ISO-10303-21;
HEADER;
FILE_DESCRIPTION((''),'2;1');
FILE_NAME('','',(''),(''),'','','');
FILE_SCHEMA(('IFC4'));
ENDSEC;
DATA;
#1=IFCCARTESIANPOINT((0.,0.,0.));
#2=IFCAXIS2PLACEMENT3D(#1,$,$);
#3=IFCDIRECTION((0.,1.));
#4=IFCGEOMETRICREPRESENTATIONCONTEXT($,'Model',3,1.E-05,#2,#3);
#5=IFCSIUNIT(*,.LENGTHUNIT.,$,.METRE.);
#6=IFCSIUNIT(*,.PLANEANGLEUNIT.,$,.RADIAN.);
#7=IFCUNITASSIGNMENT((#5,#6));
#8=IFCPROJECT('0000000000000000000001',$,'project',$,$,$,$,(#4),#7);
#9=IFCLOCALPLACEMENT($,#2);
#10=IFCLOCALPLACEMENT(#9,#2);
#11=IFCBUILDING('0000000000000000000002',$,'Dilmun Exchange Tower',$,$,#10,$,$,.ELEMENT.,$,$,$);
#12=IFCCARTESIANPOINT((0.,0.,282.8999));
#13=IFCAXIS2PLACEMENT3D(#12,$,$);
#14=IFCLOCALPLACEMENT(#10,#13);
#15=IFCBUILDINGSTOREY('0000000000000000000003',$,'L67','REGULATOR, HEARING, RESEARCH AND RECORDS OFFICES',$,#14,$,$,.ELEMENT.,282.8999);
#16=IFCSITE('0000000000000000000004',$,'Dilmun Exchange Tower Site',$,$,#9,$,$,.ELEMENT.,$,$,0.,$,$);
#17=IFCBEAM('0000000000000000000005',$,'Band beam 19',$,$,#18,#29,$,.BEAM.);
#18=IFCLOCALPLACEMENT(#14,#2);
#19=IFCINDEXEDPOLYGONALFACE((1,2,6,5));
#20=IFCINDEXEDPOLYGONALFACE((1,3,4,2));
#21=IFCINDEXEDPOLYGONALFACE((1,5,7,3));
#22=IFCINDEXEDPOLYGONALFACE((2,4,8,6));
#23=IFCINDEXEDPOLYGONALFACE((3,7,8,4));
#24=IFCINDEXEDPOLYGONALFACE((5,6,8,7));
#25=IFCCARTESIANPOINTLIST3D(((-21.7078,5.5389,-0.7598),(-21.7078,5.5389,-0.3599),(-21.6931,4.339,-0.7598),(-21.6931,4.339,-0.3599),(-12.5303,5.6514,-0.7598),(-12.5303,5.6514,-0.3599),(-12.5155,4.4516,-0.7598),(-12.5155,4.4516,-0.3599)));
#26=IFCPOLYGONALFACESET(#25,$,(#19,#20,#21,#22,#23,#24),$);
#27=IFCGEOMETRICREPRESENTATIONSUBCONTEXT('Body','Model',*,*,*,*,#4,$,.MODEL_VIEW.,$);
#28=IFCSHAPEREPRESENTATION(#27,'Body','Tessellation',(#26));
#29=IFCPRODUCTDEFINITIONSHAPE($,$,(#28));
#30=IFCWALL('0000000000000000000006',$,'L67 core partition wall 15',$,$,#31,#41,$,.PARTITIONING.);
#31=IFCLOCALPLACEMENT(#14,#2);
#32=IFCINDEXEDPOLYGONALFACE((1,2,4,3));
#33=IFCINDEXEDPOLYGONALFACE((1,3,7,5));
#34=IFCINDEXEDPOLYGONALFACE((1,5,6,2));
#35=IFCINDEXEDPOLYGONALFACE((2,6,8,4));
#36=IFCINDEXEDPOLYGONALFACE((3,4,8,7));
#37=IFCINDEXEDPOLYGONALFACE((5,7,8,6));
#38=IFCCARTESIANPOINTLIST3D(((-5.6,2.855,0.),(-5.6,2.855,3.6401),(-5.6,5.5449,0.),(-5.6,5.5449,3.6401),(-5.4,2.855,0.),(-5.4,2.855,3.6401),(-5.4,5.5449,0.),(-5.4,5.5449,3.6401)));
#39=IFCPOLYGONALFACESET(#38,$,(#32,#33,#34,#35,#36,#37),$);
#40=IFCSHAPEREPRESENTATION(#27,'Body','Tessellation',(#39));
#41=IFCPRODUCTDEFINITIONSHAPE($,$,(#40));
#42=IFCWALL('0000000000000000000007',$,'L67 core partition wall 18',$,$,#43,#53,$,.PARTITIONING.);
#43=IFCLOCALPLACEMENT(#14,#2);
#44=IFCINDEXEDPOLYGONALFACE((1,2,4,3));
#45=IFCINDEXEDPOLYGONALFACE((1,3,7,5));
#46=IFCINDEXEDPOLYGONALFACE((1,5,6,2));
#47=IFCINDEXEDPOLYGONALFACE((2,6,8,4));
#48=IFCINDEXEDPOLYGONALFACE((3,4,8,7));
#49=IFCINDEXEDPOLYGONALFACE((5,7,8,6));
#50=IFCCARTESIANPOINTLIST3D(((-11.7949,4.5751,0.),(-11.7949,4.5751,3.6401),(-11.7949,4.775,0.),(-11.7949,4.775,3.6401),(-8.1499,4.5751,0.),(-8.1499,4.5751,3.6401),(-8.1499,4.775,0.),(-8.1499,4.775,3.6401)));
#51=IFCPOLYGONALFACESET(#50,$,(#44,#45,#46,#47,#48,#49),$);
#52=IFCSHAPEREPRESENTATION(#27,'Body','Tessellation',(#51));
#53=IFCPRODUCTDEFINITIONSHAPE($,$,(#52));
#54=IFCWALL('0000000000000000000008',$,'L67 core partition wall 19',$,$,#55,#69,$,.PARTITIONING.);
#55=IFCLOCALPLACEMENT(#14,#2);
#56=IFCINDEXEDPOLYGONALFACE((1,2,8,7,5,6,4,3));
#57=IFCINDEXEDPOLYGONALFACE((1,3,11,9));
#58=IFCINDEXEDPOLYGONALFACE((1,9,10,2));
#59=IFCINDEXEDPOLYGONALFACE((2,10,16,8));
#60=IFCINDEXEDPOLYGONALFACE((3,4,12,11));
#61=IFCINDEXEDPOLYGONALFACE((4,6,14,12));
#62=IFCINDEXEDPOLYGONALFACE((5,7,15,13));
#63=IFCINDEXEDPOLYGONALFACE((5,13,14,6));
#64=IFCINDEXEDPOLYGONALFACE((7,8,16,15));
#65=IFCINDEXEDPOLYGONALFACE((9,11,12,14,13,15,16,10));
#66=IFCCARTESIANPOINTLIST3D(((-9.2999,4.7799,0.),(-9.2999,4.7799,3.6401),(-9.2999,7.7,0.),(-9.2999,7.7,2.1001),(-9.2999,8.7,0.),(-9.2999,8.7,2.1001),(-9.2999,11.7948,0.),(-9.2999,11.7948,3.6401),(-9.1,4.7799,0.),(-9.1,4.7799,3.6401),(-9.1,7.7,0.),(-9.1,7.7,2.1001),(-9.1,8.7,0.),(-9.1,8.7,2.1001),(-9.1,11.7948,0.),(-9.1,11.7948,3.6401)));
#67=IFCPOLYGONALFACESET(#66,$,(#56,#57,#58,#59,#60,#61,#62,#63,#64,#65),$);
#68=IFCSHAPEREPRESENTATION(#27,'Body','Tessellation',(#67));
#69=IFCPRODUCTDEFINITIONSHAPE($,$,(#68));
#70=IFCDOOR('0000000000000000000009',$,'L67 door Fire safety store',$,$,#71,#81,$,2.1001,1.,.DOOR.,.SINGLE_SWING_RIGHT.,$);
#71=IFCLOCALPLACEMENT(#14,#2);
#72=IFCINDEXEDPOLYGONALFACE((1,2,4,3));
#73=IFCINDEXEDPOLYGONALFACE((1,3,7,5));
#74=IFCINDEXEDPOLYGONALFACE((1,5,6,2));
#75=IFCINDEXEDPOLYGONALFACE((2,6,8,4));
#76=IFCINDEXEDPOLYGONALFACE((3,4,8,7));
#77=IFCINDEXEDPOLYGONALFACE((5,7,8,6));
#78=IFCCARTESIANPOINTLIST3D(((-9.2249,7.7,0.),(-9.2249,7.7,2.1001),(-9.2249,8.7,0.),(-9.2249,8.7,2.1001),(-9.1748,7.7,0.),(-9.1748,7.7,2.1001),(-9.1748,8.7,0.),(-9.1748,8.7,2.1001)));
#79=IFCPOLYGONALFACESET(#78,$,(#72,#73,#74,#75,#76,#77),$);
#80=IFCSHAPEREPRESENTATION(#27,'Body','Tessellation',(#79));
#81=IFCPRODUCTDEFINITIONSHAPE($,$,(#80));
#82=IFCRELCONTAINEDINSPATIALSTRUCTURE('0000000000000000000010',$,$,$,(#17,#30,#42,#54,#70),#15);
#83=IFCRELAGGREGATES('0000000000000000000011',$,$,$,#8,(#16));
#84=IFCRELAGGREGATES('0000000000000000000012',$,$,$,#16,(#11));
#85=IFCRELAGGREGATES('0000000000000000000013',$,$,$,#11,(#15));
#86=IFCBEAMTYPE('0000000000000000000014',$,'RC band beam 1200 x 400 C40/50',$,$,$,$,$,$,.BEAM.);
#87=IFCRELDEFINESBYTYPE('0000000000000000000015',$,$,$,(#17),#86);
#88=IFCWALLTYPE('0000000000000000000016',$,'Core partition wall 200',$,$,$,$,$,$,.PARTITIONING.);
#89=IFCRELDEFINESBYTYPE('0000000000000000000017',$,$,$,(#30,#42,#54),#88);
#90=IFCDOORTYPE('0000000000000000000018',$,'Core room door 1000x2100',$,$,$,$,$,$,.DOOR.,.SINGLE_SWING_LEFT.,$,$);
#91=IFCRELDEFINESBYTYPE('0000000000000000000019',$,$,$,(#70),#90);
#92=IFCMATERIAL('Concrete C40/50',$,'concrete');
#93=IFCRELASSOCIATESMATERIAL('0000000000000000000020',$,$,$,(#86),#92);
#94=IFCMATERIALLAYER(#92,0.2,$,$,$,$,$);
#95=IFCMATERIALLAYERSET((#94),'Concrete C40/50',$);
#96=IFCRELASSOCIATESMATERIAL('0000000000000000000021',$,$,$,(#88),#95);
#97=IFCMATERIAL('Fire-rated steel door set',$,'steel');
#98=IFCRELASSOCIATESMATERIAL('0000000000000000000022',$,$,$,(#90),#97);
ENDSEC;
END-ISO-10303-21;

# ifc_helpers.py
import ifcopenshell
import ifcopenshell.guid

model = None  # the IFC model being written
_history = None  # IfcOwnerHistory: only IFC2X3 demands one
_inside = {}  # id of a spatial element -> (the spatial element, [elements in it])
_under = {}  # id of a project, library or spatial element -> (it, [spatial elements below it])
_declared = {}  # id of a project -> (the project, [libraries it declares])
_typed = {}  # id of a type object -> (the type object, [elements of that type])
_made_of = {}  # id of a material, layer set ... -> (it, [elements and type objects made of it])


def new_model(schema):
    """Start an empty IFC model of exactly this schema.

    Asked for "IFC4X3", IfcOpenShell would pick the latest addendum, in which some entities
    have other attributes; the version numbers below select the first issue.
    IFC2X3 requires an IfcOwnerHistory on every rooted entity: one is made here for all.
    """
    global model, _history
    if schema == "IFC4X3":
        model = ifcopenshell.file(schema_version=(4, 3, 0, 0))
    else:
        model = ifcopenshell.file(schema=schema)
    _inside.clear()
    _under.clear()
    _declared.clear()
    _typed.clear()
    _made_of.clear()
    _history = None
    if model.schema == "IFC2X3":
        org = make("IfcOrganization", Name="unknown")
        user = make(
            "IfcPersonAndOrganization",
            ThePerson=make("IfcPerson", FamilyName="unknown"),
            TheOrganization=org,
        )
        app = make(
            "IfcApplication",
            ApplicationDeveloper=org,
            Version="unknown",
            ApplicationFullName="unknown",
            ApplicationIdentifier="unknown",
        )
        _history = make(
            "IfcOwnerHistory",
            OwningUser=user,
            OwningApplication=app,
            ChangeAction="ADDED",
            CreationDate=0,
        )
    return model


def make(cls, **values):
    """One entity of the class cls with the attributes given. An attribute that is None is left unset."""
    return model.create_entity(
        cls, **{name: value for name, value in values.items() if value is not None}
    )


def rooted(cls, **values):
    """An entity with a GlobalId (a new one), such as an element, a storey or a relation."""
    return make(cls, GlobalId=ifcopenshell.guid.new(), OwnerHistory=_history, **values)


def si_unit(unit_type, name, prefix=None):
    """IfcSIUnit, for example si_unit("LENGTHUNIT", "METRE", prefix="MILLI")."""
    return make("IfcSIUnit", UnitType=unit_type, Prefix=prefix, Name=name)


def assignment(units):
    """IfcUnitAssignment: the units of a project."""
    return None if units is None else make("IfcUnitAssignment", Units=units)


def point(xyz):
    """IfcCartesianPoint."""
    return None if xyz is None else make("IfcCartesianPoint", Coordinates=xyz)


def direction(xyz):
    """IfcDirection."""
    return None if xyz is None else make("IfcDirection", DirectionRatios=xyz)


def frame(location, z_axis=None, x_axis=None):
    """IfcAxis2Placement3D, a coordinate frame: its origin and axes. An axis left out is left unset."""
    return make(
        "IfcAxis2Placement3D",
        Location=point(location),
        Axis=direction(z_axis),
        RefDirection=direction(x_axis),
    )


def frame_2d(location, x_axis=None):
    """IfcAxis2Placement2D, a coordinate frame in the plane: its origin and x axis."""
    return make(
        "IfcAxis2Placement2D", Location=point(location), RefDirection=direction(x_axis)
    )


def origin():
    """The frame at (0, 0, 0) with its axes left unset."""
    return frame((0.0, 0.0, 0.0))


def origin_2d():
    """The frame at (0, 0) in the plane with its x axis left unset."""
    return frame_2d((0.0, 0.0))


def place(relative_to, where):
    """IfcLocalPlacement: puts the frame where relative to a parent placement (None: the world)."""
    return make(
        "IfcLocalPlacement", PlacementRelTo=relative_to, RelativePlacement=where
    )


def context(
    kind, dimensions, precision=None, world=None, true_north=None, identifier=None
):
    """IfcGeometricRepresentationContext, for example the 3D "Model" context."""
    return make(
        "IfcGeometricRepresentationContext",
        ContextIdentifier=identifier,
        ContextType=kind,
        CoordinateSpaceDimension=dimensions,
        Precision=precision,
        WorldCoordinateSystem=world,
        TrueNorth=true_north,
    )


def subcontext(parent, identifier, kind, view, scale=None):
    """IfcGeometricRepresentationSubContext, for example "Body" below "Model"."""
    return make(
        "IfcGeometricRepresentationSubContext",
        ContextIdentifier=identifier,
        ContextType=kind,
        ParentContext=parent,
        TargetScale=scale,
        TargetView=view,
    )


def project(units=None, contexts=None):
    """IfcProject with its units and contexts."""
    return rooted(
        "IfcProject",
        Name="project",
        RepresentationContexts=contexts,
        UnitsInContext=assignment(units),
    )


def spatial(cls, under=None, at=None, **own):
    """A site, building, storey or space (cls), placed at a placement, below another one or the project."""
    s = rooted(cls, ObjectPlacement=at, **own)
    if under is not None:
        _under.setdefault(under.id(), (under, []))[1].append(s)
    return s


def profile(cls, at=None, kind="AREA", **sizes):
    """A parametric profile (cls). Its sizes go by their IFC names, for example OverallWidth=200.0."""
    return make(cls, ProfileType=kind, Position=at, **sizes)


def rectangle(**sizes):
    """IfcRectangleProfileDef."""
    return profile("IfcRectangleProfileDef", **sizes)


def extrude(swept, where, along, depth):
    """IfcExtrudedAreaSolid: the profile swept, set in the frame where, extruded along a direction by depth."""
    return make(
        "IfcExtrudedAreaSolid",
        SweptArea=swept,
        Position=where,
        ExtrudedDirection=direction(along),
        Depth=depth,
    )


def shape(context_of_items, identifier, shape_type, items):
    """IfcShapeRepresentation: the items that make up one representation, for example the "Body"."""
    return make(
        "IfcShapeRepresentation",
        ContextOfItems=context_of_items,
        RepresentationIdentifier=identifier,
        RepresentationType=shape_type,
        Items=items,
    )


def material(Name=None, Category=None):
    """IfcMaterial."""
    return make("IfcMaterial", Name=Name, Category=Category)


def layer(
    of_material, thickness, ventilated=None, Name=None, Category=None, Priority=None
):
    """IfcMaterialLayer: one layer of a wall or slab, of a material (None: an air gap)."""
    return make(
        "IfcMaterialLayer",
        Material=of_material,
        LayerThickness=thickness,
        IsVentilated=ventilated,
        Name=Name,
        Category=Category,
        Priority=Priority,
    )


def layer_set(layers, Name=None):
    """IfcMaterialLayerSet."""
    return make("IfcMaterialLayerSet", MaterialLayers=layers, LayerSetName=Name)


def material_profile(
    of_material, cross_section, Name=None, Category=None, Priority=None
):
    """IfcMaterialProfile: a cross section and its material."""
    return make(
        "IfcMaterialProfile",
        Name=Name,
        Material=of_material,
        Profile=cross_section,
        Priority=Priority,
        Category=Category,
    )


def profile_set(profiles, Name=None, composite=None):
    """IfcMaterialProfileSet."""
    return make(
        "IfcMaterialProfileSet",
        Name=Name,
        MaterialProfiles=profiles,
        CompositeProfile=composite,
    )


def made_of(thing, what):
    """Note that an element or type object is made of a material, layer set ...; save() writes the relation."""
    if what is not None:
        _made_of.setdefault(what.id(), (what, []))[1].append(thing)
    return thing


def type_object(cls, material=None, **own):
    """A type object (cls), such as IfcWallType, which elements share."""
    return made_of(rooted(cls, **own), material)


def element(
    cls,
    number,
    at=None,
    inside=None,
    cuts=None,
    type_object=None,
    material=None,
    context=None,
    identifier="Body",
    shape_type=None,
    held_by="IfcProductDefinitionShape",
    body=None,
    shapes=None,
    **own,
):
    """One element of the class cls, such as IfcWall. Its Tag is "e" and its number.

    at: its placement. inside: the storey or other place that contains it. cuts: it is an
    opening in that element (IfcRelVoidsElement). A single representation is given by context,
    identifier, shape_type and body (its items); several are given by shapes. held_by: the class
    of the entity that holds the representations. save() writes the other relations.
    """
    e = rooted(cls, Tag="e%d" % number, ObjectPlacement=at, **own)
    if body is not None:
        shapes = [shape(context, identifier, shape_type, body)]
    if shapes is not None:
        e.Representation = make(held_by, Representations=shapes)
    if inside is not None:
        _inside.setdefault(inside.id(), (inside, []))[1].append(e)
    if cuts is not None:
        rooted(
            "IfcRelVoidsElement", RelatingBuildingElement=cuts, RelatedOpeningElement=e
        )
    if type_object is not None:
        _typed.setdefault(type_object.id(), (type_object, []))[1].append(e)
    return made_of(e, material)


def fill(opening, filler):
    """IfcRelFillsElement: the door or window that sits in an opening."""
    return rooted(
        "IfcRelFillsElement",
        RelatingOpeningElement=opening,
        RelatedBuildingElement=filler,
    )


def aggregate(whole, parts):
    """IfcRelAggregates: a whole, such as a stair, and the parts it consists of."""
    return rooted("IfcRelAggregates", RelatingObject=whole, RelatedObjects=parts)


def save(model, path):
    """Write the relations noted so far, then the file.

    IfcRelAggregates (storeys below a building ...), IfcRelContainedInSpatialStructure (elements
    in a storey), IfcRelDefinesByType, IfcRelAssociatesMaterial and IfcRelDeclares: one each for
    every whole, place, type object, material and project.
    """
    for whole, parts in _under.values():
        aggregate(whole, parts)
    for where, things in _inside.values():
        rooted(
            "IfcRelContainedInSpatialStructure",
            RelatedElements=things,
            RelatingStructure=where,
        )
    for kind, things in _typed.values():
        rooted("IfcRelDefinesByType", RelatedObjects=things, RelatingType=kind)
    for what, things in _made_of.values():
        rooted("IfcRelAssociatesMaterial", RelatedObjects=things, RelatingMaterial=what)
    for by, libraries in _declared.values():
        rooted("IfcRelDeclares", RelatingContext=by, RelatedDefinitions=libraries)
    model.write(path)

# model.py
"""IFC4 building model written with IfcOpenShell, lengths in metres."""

from ifc_helpers import new_model, si_unit, direction, frame, frame_2d, origin, origin_2d, place, context, subcontext, project, spatial, rectangle, extrude, material, layer, layer_set, material_profile, profile_set, type_object, element, fill, save


model = new_model("IFC4")

# Units and contexts
model_context = context("Model", 3, precision=1e-05, world=origin(), true_north=direction((0.0, 1.0)))
body_context = subcontext(model_context, "Body", "Model", "MODEL_VIEW")
ifc_project = project(units=[si_unit("LENGTHUNIT", "METRE"), si_unit("PLANEANGLEUNIT", "RADIAN")], contexts=[model_context])

# Site, building, storey
site_placement = place(None, origin())
site = spatial("IfcSite", under=ifc_project, at=site_placement, Name="Dilmun Exchange Tower Site", CompositionType="ELEMENT", RefElevation=0.0)
building_placement = place(site_placement, origin())
building = spatial("IfcBuilding", under=site, at=building_placement, Name="Dilmun Exchange Tower", CompositionType="ELEMENT")
storey_placement = place(building_placement, frame((0.0, 0.0, 282.8999)))
storey = spatial("IfcBuildingStorey", under=building, at=storey_placement, Name="L67", Description="REGULATOR, HEARING, RESEARCH AND RECORDS OFFICES", CompositionType="ELEMENT", Elevation=282.8999)

# Beam
ifc_material_1 = material(Name="Concrete C40/50", Category="concrete")
ifc_material_profile = material_profile(ifc_material_1, rectangle(XDim=1.2, YDim=0.3999, at=origin_2d()), Name="1200 x 400")
ifc_profile_set = profile_set([ifc_material_profile], Name="Concrete C40/50")
beam_type = type_object("IfcBeamType", Name="RC band beam 1200 x 400 C40/50", PredefinedType="BEAM", material=ifc_profile_set)
beam_placement = place(storey_placement, frame((-21.7004, 4.939, -0.5598), z_axis=(0.999925, 0.012263, 0.0), x_axis=(-0.012263, 0.999925, 0.0)))
element("IfcBeam", 1, at=beam_placement, inside=storey, type_object=beam_type, Name="Band beam 19", PredefinedType="BEAM", context=body_context, shape_type="SweptSolid", body=[
    extrude(rectangle(XDim=1.2, YDim=0.3999, at=origin_2d()), origin(), (0.0, 0.0, 1.0), 9.1782),
])

# Walls
ifc_layer_1 = layer(ifc_material_1, 0.2)
ifc_layer_set_1 = layer_set([ifc_layer_1], Name="Concrete C40/50")
wall_type_1 = type_object("IfcWallType", Name="Core partition wall 200", PredefinedType="PARTITIONING", material=ifc_layer_set_1)
wall_1_placement = place(storey_placement, frame((-5.5, 2.855, 0.0), z_axis=(0.0, 0.0, 1.0), x_axis=(0.0, 1.0, 0.0)))
element("IfcWall", 2, at=wall_1_placement, inside=storey, type_object=wall_type_1, Name="L67 core partition wall 15", PredefinedType="PARTITIONING", context=body_context, shape_type="SweptSolid", body=[
    extrude(rectangle(XDim=2.6899, YDim=0.2, at=frame_2d((1.345, 0.0))), origin(), (0.0, 0.0, 1.0), 3.6401),
])
wall_2_placement = place(storey_placement, frame((-11.7949, 4.675, 0.0), z_axis=(0.0, 0.0, 1.0), x_axis=(1.0, 0.0, 0.0)))
element("IfcWall", 3, at=wall_2_placement, inside=storey, type_object=wall_type_1, Name="L67 core partition wall 18", PredefinedType="PARTITIONING", context=body_context, shape_type="SweptSolid", body=[
    extrude(rectangle(XDim=3.645, YDim=0.2, at=frame_2d((1.8225, 0.0))), origin(), (0.0, 0.0, 1.0), 3.6401),
])

# Wall, opening, door
wall_3_placement = place(storey_placement, frame((-9.2, 4.78, 0.0), z_axis=(0.0, 0.0, 1.0), x_axis=(0.0, 1.0, 0.0)))
wall_3 = element("IfcWall", 4, at=wall_3_placement, inside=storey, type_object=wall_type_1, Name="L67 core partition wall 19", PredefinedType="PARTITIONING", context=body_context, shape_type="SweptSolid", body=[
    extrude(rectangle(XDim=7.0149, YDim=0.2, at=frame_2d((3.5073, 0.0))), origin(), (0.0, 0.0, 1.0), 3.6401),
])
opening_1_placement = place(wall_3_placement, frame((2.9199, 0.0, 0.0)))
opening_1 = element("IfcOpeningElement", 5, at=opening_1_placement, cuts=wall_3, PredefinedType="OPENING", context=body_context, shape_type="SweptSolid", body=[
    extrude(rectangle(XDim=1.0, YDim=2.1001, at=frame_2d((0.5, 1.05))), frame((0.0, 0.1099, 0.0), z_axis=(0.0, -1.0, 0.0), x_axis=(1.0, 0.0, 0.0)), (0.0, 0.0, 1.0), 0.22),
])
ifc_material_2 = material(Name="Fire-rated steel door set", Category="steel")
door_type_1 = type_object("IfcDoorType", Name="Core room door 1000x2100", OperationType="SINGLE_SWING_LEFT", PredefinedType="DOOR", material=ifc_material_2)
door_1_placement = place(opening_1_placement, origin())
door_1 = element("IfcDoor", 6, at=door_1_placement, inside=storey, type_object=door_type_1, Name="L67 door Fire safety store", OperationType="SINGLE_SWING_RIGHT", OverallHeight=2.1001, OverallWidth=1.0, PredefinedType="DOOR", context=body_context, shape_type="SweptSolid", body=[
    extrude(rectangle(XDim=1.0, YDim=2.1001, at=frame_2d((0.5, 1.05))), frame((0.0, 0.0249, 0.0), z_axis=(0.0, -1.0, 0.0), x_axis=(1.0, 0.0, 0.0)), (0.0, 0.0, 1.0), 0.05),
])
fill(opening_1, door_1)

save(model, "model.ifc")
